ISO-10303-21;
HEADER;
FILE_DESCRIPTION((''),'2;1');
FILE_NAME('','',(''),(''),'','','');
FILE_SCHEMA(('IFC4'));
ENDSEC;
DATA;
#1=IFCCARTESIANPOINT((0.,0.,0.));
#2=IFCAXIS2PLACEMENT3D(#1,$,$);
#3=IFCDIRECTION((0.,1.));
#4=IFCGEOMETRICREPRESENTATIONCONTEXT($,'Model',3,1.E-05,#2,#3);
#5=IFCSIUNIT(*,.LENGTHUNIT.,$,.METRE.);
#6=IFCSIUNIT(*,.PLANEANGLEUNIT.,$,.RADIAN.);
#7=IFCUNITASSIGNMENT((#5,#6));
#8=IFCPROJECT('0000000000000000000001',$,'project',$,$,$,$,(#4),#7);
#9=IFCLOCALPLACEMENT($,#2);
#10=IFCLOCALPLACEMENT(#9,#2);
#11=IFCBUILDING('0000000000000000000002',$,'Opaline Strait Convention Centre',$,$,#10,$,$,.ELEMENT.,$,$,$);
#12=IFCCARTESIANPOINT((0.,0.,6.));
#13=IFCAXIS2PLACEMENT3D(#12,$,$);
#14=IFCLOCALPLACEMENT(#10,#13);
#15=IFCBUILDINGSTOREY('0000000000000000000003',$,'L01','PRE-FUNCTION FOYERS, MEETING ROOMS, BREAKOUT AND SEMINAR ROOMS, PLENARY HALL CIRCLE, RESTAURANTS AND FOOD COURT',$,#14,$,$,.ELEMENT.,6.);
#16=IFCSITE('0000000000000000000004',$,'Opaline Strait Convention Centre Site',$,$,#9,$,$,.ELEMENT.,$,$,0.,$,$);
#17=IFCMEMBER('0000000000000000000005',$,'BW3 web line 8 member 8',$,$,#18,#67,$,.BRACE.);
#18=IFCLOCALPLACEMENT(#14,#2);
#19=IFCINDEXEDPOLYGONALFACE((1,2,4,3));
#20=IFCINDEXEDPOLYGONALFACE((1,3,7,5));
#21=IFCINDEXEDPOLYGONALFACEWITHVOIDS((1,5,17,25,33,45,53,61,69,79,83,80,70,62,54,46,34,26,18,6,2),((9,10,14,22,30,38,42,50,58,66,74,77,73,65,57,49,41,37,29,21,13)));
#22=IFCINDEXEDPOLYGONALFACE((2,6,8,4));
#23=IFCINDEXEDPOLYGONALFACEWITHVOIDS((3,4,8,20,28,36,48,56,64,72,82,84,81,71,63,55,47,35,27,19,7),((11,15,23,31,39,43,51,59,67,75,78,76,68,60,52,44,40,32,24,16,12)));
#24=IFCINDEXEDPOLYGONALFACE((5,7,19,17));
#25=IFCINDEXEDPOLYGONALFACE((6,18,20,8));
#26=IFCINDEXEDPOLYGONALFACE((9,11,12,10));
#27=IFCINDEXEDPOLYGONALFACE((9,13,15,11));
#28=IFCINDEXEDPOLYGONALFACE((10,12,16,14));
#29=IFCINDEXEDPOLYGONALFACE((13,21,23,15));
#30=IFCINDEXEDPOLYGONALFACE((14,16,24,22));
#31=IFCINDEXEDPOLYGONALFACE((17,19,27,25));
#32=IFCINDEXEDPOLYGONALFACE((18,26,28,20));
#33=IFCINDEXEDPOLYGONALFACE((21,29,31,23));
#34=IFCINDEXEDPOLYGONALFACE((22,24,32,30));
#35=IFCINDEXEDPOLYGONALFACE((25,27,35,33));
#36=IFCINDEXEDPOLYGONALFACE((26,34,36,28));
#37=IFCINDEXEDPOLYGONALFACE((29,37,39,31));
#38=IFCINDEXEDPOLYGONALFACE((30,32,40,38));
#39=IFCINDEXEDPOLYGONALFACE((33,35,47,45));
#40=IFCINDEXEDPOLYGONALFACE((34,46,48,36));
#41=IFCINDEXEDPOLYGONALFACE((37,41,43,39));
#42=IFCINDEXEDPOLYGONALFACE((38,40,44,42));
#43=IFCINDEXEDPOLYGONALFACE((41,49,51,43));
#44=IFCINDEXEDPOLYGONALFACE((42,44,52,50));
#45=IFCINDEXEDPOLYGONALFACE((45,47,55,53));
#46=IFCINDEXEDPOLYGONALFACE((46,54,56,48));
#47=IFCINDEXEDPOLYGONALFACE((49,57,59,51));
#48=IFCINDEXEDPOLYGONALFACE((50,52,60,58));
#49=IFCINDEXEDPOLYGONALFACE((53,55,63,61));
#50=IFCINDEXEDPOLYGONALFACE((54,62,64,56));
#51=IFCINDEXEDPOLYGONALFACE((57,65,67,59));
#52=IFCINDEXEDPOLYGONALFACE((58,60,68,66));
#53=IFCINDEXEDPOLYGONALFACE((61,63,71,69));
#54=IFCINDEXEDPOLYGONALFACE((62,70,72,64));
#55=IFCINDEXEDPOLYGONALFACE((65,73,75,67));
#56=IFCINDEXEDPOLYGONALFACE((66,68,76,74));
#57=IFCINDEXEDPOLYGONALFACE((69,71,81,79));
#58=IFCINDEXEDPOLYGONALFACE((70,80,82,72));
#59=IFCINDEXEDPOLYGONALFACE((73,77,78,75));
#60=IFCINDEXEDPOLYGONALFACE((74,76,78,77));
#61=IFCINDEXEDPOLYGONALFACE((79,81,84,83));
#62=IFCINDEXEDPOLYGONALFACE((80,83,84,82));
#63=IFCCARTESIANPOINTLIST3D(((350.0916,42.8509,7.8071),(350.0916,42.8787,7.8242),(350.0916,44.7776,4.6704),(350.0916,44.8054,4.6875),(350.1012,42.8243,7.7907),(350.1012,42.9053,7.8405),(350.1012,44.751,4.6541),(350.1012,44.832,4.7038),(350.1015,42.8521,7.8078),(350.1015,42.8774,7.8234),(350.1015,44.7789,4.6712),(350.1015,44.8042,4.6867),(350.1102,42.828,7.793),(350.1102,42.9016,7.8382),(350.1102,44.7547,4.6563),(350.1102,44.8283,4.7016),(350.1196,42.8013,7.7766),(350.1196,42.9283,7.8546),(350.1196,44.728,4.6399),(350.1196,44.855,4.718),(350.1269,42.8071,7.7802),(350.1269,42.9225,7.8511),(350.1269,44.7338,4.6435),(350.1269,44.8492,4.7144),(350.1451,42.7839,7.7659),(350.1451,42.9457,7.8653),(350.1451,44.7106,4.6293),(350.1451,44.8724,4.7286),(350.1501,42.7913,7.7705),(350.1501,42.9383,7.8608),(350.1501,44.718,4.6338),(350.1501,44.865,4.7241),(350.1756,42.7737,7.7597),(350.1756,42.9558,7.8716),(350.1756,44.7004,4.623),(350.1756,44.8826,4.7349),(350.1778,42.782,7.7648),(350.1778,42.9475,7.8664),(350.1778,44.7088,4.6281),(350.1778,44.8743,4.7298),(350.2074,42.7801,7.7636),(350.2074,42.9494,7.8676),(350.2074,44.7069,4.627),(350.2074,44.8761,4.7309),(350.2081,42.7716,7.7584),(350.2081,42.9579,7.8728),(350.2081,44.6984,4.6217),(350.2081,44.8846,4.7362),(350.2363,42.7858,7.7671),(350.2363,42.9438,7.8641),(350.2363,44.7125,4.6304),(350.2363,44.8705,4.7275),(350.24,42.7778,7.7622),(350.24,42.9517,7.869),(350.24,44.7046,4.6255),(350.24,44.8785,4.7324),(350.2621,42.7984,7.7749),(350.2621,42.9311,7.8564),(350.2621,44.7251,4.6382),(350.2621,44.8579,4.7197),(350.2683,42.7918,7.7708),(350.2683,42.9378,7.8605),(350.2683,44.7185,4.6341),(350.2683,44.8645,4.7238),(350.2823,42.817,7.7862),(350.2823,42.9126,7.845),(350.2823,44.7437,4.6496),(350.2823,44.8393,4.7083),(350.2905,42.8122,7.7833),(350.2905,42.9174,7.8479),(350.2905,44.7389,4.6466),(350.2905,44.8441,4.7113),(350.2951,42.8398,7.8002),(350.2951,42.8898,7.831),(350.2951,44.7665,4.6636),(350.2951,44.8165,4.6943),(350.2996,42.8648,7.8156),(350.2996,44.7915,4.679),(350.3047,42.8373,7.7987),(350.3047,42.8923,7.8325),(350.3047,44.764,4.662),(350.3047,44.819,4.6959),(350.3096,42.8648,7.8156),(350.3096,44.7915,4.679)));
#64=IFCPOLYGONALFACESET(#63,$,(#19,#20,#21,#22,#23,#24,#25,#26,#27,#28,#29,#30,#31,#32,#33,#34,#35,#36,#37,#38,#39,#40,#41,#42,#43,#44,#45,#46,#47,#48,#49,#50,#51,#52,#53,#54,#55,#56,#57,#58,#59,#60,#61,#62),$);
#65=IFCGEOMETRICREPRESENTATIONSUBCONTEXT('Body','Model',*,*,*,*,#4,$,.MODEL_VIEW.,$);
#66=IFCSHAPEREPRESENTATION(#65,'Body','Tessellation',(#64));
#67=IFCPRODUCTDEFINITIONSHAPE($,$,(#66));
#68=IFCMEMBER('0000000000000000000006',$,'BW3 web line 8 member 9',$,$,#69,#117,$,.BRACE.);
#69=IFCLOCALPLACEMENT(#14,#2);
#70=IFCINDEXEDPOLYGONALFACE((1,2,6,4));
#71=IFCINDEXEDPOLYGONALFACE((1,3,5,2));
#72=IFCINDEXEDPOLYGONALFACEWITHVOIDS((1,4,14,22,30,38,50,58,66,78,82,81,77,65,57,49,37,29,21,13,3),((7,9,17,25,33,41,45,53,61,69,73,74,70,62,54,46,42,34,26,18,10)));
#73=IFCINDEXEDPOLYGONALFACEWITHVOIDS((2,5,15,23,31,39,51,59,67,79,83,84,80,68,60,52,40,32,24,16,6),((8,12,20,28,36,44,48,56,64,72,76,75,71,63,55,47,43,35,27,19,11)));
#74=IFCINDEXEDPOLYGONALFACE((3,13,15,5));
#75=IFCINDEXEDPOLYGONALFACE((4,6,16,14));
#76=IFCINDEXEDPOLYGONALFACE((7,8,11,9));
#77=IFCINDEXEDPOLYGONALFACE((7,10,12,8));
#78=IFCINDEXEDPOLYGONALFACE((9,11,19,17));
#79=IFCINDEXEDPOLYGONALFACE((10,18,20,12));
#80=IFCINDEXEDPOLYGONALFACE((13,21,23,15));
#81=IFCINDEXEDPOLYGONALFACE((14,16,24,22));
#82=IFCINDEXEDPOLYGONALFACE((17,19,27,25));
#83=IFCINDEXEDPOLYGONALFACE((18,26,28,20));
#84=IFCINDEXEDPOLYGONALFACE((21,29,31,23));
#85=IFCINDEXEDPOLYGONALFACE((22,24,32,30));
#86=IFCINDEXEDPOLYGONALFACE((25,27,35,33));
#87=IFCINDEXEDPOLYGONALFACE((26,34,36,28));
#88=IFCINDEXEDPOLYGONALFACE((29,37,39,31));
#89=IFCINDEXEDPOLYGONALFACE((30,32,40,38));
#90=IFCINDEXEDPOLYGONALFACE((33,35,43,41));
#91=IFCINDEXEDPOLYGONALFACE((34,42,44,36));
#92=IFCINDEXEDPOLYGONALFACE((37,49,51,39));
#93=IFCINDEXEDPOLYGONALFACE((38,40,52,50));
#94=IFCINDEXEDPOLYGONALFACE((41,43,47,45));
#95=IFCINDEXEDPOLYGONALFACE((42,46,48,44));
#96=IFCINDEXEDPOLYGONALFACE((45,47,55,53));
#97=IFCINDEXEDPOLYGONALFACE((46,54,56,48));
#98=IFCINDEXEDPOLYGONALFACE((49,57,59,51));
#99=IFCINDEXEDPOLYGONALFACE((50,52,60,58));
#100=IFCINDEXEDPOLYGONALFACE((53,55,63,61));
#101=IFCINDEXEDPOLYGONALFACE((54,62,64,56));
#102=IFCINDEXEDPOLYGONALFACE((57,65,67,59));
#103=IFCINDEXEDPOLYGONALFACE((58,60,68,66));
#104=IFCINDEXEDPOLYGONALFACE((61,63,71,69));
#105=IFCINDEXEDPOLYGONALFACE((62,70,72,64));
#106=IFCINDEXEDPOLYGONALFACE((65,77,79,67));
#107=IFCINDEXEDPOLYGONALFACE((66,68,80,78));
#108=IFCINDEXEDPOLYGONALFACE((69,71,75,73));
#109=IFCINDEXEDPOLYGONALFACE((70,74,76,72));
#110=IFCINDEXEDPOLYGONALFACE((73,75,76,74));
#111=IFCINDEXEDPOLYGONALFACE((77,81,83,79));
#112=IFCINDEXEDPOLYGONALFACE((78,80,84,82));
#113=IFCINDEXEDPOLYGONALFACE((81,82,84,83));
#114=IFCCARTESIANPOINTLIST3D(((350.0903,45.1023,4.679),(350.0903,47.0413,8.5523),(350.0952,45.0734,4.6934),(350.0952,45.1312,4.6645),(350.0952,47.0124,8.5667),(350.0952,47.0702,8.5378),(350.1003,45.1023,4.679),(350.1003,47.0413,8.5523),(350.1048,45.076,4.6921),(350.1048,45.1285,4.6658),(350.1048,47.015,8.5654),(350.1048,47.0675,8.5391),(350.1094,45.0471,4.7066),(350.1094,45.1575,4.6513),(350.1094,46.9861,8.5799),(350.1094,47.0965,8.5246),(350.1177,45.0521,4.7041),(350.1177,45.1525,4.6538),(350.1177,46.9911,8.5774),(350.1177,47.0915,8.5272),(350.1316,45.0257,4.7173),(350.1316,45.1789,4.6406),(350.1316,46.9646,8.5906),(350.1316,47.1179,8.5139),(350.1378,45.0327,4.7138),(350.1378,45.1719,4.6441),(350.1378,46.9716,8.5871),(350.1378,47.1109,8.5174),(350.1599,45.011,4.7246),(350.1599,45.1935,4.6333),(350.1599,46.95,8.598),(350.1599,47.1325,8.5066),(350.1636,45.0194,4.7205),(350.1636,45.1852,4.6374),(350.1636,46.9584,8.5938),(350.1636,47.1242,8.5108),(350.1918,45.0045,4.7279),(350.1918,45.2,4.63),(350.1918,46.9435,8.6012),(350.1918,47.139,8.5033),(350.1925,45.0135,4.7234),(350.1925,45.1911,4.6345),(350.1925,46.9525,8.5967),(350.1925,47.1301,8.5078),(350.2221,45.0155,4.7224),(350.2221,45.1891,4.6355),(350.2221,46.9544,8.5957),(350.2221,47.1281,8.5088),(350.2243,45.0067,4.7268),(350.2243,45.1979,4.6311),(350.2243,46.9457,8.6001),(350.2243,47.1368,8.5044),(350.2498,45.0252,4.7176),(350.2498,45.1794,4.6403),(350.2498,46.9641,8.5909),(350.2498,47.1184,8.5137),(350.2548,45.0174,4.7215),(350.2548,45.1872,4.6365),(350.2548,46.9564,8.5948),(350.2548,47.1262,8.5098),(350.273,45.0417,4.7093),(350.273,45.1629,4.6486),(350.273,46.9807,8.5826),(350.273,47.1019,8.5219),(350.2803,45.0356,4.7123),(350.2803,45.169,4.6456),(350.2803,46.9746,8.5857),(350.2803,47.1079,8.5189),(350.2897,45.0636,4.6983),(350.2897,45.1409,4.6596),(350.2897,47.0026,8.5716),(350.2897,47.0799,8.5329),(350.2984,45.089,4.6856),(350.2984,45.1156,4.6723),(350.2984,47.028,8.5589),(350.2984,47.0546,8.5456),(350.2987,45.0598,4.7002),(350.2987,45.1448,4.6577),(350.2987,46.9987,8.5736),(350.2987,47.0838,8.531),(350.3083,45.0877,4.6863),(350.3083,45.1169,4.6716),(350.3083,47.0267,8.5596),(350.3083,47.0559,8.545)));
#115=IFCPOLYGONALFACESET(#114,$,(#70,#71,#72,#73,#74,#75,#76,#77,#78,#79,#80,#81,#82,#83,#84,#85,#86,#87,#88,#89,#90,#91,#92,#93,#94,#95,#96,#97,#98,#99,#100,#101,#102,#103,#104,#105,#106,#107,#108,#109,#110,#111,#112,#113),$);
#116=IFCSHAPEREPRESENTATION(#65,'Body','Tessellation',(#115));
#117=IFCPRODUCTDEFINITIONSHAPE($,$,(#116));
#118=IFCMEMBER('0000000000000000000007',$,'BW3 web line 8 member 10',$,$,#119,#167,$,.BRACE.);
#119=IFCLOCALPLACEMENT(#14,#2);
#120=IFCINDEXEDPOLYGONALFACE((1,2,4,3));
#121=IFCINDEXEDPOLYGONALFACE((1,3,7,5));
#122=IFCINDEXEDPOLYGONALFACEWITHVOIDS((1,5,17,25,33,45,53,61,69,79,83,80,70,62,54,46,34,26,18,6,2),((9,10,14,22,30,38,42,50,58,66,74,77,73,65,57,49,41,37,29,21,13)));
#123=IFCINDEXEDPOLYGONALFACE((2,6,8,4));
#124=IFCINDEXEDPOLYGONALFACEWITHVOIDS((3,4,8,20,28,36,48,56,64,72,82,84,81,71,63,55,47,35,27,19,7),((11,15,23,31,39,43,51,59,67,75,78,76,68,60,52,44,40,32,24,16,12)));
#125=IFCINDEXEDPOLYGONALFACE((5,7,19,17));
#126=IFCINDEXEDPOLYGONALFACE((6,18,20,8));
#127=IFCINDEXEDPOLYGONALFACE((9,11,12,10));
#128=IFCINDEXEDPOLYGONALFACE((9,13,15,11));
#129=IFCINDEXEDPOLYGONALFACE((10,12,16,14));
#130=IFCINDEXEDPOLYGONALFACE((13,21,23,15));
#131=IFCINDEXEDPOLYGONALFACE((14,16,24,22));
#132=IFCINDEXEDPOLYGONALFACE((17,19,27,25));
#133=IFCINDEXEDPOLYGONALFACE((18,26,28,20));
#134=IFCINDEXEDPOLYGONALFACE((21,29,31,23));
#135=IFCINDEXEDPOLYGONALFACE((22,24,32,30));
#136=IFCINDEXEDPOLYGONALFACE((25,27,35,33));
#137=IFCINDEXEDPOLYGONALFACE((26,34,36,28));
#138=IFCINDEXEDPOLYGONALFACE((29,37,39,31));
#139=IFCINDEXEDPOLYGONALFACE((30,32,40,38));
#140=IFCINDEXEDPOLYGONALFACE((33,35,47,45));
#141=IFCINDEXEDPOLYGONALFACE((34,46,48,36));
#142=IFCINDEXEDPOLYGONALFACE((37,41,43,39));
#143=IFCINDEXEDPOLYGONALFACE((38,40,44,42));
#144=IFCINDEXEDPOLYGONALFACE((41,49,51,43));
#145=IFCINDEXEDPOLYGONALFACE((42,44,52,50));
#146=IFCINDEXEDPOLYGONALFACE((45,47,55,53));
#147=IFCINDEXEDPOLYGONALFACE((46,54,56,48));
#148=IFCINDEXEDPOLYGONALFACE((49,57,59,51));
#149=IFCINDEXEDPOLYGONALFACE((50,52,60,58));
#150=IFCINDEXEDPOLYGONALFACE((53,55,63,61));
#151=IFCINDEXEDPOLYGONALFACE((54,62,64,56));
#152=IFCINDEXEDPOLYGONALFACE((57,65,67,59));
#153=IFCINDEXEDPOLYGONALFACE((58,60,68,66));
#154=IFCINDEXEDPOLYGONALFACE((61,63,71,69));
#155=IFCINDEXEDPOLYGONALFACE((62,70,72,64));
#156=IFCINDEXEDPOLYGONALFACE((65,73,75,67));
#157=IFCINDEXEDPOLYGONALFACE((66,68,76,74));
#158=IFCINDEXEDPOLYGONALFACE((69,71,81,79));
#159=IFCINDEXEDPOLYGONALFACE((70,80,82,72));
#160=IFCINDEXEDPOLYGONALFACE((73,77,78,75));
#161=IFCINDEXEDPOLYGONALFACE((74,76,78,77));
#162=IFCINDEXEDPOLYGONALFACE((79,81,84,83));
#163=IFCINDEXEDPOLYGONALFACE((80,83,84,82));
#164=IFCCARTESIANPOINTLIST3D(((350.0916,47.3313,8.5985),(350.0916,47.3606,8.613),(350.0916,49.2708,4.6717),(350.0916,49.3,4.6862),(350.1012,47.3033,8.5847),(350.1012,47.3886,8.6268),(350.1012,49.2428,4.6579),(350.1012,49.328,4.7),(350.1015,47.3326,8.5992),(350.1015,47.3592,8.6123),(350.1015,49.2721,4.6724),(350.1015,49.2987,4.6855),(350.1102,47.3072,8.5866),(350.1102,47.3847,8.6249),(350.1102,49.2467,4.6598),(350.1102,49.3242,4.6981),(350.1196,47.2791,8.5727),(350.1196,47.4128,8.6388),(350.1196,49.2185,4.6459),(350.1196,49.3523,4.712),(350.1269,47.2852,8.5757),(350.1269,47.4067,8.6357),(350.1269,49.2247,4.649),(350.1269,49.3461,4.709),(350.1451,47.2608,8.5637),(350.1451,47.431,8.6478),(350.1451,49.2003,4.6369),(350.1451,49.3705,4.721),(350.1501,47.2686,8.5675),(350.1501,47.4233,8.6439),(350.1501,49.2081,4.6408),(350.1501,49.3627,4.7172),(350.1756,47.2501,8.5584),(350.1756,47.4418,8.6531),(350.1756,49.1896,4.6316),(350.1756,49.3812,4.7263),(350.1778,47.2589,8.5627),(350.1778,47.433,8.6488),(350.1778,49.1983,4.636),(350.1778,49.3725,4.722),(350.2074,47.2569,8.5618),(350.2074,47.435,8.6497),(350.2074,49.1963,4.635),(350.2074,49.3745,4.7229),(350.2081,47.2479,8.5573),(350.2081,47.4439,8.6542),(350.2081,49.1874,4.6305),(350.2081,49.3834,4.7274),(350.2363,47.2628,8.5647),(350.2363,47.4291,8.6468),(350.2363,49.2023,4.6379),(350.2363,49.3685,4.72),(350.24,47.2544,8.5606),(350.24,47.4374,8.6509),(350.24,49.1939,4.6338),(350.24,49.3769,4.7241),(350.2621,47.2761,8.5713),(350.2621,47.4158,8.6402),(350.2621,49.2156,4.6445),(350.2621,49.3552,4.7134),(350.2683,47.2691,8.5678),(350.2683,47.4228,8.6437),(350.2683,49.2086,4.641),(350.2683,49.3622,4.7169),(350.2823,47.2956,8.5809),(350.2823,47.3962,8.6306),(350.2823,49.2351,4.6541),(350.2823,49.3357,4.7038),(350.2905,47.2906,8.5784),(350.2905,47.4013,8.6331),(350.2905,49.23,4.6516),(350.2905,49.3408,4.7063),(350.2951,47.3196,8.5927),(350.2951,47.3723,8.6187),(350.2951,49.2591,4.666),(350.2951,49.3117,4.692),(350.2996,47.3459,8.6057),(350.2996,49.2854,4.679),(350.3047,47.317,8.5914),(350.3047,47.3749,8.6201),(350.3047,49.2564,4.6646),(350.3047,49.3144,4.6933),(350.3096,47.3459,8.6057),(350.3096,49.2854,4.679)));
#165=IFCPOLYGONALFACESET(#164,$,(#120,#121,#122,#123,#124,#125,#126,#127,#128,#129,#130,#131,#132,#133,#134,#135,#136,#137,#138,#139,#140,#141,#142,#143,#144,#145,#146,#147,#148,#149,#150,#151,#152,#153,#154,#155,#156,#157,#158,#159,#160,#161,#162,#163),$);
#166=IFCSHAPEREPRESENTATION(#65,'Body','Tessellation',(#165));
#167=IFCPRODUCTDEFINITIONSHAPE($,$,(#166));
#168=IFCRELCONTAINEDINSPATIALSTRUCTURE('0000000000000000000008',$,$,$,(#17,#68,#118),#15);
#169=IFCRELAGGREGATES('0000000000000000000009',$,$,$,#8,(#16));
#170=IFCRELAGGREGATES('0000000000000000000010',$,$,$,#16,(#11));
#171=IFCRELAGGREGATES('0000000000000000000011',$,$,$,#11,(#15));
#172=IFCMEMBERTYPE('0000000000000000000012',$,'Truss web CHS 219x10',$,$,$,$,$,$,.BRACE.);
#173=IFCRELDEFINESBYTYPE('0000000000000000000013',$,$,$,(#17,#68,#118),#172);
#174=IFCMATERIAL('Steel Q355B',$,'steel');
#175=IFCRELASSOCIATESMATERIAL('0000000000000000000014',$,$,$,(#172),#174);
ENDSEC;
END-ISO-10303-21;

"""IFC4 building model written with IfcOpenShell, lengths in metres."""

from ifc_helpers import new_model, si_unit, direction, frame, origin, origin_2d, place, context, subcontext, project, spatial, hollow_circle, extrude, material, material_profile, profile_set, type_object, element, save


model = new_model("IFC4")

# Units and contexts
model_context = context("Model", 3, precision=1e-05, world=origin(), true_north=direction((0.0, 1.0)))
body_context = subcontext(model_context, "Body", "Model", "MODEL_VIEW")
ifc_project = project(units=[si_unit("LENGTHUNIT", "METRE"), si_unit("PLANEANGLEUNIT", "RADIAN")], contexts=[model_context])

# Site, building, storey
site_placement = place(None, origin())
site = spatial("IfcSite", under=ifc_project, at=site_placement, Name="Opaline Strait Convention Centre Site", CompositionType="ELEMENT", RefElevation=0.0)
building_placement = place(site_placement, origin())
building = spatial("IfcBuilding", under=site, at=building_placement, Name="Opaline Strait Convention Centre", CompositionType="ELEMENT")
storey_placement = place(building_placement, frame((0.0, 0.0, 6.0)))
storey = spatial("IfcBuildingStorey", under=building, at=storey_placement, Name="L01", Description="PRE-FUNCTION FOYERS, MEETING ROOMS, BREAKOUT AND SEMINAR ROOMS, PLENARY HALL CIRCLE, RESTAURANTS AND FOOD COURT", CompositionType="ELEMENT", Elevation=6.0)

# Members
ifc_material_1 = material(Name="Steel Q355B", Category="steel")
ifc_material_profile_1 = material_profile(ifc_material_1, hollow_circle(Radius=0.1096, WallThickness=0.01, at=origin_2d()), Name="CHS 219x10")
ifc_profile_set_1 = profile_set([ifc_material_profile_1], Name="Steel Q355B")
member_type_1 = type_object("IfcMemberType", Name="Truss web CHS 219x10", PredefinedType="BRACE", material=ifc_profile_set_1)
member_1_placement = place(storey_placement, frame((350.2, 44.7915, 4.679), z_axis=(0.0, -0.523402, 0.852086), x_axis=(1.0, 0.0, 0.0)))
element("IfcMember", 1, at=member_1_placement, inside=storey, type_object=member_type_1, Name="BW3 web line 8 member 8", PredefinedType="BRACE", context=body_context, shape_type="SweptSolid", body=[
    extrude(hollow_circle(Radius=0.1096, WallThickness=0.01, at=origin_2d()), origin(), (0.0, 0.0, 1.0), 3.6812),
])
member_2_placement = place(storey_placement, frame((350.2, 45.1023, 4.679), z_axis=(0.0, 0.447642, 0.894213), x_axis=(-1.0, 0.0, 0.0)))
element("IfcMember", 2, at=member_2_placement, inside=storey, type_object=member_type_1, Name="BW3 web line 8 member 9", PredefinedType="BRACE", context=body_context, shape_type="SweptSolid", body=[
    extrude(hollow_circle(Radius=0.1096, WallThickness=0.01, at=origin_2d()), origin(), (0.0, 0.0, 1.0), 4.3315),
])
member_3_placement = place(storey_placement, frame((350.2, 49.2854, 4.679), z_axis=(0.0, -0.442838, 0.896602), x_axis=(1.0, 0.0, 0.0)))
element("IfcMember", 3, at=member_3_placement, inside=storey, type_object=member_type_1, Name="BW3 web line 8 member 10", PredefinedType="BRACE", context=body_context, shape_type="SweptSolid", body=[
    extrude(hollow_circle(Radius=0.1096, WallThickness=0.01, at=origin_2d()), origin(), (0.0, 0.0, 1.0), 4.3796),
])

save(model, "model.ifc")
